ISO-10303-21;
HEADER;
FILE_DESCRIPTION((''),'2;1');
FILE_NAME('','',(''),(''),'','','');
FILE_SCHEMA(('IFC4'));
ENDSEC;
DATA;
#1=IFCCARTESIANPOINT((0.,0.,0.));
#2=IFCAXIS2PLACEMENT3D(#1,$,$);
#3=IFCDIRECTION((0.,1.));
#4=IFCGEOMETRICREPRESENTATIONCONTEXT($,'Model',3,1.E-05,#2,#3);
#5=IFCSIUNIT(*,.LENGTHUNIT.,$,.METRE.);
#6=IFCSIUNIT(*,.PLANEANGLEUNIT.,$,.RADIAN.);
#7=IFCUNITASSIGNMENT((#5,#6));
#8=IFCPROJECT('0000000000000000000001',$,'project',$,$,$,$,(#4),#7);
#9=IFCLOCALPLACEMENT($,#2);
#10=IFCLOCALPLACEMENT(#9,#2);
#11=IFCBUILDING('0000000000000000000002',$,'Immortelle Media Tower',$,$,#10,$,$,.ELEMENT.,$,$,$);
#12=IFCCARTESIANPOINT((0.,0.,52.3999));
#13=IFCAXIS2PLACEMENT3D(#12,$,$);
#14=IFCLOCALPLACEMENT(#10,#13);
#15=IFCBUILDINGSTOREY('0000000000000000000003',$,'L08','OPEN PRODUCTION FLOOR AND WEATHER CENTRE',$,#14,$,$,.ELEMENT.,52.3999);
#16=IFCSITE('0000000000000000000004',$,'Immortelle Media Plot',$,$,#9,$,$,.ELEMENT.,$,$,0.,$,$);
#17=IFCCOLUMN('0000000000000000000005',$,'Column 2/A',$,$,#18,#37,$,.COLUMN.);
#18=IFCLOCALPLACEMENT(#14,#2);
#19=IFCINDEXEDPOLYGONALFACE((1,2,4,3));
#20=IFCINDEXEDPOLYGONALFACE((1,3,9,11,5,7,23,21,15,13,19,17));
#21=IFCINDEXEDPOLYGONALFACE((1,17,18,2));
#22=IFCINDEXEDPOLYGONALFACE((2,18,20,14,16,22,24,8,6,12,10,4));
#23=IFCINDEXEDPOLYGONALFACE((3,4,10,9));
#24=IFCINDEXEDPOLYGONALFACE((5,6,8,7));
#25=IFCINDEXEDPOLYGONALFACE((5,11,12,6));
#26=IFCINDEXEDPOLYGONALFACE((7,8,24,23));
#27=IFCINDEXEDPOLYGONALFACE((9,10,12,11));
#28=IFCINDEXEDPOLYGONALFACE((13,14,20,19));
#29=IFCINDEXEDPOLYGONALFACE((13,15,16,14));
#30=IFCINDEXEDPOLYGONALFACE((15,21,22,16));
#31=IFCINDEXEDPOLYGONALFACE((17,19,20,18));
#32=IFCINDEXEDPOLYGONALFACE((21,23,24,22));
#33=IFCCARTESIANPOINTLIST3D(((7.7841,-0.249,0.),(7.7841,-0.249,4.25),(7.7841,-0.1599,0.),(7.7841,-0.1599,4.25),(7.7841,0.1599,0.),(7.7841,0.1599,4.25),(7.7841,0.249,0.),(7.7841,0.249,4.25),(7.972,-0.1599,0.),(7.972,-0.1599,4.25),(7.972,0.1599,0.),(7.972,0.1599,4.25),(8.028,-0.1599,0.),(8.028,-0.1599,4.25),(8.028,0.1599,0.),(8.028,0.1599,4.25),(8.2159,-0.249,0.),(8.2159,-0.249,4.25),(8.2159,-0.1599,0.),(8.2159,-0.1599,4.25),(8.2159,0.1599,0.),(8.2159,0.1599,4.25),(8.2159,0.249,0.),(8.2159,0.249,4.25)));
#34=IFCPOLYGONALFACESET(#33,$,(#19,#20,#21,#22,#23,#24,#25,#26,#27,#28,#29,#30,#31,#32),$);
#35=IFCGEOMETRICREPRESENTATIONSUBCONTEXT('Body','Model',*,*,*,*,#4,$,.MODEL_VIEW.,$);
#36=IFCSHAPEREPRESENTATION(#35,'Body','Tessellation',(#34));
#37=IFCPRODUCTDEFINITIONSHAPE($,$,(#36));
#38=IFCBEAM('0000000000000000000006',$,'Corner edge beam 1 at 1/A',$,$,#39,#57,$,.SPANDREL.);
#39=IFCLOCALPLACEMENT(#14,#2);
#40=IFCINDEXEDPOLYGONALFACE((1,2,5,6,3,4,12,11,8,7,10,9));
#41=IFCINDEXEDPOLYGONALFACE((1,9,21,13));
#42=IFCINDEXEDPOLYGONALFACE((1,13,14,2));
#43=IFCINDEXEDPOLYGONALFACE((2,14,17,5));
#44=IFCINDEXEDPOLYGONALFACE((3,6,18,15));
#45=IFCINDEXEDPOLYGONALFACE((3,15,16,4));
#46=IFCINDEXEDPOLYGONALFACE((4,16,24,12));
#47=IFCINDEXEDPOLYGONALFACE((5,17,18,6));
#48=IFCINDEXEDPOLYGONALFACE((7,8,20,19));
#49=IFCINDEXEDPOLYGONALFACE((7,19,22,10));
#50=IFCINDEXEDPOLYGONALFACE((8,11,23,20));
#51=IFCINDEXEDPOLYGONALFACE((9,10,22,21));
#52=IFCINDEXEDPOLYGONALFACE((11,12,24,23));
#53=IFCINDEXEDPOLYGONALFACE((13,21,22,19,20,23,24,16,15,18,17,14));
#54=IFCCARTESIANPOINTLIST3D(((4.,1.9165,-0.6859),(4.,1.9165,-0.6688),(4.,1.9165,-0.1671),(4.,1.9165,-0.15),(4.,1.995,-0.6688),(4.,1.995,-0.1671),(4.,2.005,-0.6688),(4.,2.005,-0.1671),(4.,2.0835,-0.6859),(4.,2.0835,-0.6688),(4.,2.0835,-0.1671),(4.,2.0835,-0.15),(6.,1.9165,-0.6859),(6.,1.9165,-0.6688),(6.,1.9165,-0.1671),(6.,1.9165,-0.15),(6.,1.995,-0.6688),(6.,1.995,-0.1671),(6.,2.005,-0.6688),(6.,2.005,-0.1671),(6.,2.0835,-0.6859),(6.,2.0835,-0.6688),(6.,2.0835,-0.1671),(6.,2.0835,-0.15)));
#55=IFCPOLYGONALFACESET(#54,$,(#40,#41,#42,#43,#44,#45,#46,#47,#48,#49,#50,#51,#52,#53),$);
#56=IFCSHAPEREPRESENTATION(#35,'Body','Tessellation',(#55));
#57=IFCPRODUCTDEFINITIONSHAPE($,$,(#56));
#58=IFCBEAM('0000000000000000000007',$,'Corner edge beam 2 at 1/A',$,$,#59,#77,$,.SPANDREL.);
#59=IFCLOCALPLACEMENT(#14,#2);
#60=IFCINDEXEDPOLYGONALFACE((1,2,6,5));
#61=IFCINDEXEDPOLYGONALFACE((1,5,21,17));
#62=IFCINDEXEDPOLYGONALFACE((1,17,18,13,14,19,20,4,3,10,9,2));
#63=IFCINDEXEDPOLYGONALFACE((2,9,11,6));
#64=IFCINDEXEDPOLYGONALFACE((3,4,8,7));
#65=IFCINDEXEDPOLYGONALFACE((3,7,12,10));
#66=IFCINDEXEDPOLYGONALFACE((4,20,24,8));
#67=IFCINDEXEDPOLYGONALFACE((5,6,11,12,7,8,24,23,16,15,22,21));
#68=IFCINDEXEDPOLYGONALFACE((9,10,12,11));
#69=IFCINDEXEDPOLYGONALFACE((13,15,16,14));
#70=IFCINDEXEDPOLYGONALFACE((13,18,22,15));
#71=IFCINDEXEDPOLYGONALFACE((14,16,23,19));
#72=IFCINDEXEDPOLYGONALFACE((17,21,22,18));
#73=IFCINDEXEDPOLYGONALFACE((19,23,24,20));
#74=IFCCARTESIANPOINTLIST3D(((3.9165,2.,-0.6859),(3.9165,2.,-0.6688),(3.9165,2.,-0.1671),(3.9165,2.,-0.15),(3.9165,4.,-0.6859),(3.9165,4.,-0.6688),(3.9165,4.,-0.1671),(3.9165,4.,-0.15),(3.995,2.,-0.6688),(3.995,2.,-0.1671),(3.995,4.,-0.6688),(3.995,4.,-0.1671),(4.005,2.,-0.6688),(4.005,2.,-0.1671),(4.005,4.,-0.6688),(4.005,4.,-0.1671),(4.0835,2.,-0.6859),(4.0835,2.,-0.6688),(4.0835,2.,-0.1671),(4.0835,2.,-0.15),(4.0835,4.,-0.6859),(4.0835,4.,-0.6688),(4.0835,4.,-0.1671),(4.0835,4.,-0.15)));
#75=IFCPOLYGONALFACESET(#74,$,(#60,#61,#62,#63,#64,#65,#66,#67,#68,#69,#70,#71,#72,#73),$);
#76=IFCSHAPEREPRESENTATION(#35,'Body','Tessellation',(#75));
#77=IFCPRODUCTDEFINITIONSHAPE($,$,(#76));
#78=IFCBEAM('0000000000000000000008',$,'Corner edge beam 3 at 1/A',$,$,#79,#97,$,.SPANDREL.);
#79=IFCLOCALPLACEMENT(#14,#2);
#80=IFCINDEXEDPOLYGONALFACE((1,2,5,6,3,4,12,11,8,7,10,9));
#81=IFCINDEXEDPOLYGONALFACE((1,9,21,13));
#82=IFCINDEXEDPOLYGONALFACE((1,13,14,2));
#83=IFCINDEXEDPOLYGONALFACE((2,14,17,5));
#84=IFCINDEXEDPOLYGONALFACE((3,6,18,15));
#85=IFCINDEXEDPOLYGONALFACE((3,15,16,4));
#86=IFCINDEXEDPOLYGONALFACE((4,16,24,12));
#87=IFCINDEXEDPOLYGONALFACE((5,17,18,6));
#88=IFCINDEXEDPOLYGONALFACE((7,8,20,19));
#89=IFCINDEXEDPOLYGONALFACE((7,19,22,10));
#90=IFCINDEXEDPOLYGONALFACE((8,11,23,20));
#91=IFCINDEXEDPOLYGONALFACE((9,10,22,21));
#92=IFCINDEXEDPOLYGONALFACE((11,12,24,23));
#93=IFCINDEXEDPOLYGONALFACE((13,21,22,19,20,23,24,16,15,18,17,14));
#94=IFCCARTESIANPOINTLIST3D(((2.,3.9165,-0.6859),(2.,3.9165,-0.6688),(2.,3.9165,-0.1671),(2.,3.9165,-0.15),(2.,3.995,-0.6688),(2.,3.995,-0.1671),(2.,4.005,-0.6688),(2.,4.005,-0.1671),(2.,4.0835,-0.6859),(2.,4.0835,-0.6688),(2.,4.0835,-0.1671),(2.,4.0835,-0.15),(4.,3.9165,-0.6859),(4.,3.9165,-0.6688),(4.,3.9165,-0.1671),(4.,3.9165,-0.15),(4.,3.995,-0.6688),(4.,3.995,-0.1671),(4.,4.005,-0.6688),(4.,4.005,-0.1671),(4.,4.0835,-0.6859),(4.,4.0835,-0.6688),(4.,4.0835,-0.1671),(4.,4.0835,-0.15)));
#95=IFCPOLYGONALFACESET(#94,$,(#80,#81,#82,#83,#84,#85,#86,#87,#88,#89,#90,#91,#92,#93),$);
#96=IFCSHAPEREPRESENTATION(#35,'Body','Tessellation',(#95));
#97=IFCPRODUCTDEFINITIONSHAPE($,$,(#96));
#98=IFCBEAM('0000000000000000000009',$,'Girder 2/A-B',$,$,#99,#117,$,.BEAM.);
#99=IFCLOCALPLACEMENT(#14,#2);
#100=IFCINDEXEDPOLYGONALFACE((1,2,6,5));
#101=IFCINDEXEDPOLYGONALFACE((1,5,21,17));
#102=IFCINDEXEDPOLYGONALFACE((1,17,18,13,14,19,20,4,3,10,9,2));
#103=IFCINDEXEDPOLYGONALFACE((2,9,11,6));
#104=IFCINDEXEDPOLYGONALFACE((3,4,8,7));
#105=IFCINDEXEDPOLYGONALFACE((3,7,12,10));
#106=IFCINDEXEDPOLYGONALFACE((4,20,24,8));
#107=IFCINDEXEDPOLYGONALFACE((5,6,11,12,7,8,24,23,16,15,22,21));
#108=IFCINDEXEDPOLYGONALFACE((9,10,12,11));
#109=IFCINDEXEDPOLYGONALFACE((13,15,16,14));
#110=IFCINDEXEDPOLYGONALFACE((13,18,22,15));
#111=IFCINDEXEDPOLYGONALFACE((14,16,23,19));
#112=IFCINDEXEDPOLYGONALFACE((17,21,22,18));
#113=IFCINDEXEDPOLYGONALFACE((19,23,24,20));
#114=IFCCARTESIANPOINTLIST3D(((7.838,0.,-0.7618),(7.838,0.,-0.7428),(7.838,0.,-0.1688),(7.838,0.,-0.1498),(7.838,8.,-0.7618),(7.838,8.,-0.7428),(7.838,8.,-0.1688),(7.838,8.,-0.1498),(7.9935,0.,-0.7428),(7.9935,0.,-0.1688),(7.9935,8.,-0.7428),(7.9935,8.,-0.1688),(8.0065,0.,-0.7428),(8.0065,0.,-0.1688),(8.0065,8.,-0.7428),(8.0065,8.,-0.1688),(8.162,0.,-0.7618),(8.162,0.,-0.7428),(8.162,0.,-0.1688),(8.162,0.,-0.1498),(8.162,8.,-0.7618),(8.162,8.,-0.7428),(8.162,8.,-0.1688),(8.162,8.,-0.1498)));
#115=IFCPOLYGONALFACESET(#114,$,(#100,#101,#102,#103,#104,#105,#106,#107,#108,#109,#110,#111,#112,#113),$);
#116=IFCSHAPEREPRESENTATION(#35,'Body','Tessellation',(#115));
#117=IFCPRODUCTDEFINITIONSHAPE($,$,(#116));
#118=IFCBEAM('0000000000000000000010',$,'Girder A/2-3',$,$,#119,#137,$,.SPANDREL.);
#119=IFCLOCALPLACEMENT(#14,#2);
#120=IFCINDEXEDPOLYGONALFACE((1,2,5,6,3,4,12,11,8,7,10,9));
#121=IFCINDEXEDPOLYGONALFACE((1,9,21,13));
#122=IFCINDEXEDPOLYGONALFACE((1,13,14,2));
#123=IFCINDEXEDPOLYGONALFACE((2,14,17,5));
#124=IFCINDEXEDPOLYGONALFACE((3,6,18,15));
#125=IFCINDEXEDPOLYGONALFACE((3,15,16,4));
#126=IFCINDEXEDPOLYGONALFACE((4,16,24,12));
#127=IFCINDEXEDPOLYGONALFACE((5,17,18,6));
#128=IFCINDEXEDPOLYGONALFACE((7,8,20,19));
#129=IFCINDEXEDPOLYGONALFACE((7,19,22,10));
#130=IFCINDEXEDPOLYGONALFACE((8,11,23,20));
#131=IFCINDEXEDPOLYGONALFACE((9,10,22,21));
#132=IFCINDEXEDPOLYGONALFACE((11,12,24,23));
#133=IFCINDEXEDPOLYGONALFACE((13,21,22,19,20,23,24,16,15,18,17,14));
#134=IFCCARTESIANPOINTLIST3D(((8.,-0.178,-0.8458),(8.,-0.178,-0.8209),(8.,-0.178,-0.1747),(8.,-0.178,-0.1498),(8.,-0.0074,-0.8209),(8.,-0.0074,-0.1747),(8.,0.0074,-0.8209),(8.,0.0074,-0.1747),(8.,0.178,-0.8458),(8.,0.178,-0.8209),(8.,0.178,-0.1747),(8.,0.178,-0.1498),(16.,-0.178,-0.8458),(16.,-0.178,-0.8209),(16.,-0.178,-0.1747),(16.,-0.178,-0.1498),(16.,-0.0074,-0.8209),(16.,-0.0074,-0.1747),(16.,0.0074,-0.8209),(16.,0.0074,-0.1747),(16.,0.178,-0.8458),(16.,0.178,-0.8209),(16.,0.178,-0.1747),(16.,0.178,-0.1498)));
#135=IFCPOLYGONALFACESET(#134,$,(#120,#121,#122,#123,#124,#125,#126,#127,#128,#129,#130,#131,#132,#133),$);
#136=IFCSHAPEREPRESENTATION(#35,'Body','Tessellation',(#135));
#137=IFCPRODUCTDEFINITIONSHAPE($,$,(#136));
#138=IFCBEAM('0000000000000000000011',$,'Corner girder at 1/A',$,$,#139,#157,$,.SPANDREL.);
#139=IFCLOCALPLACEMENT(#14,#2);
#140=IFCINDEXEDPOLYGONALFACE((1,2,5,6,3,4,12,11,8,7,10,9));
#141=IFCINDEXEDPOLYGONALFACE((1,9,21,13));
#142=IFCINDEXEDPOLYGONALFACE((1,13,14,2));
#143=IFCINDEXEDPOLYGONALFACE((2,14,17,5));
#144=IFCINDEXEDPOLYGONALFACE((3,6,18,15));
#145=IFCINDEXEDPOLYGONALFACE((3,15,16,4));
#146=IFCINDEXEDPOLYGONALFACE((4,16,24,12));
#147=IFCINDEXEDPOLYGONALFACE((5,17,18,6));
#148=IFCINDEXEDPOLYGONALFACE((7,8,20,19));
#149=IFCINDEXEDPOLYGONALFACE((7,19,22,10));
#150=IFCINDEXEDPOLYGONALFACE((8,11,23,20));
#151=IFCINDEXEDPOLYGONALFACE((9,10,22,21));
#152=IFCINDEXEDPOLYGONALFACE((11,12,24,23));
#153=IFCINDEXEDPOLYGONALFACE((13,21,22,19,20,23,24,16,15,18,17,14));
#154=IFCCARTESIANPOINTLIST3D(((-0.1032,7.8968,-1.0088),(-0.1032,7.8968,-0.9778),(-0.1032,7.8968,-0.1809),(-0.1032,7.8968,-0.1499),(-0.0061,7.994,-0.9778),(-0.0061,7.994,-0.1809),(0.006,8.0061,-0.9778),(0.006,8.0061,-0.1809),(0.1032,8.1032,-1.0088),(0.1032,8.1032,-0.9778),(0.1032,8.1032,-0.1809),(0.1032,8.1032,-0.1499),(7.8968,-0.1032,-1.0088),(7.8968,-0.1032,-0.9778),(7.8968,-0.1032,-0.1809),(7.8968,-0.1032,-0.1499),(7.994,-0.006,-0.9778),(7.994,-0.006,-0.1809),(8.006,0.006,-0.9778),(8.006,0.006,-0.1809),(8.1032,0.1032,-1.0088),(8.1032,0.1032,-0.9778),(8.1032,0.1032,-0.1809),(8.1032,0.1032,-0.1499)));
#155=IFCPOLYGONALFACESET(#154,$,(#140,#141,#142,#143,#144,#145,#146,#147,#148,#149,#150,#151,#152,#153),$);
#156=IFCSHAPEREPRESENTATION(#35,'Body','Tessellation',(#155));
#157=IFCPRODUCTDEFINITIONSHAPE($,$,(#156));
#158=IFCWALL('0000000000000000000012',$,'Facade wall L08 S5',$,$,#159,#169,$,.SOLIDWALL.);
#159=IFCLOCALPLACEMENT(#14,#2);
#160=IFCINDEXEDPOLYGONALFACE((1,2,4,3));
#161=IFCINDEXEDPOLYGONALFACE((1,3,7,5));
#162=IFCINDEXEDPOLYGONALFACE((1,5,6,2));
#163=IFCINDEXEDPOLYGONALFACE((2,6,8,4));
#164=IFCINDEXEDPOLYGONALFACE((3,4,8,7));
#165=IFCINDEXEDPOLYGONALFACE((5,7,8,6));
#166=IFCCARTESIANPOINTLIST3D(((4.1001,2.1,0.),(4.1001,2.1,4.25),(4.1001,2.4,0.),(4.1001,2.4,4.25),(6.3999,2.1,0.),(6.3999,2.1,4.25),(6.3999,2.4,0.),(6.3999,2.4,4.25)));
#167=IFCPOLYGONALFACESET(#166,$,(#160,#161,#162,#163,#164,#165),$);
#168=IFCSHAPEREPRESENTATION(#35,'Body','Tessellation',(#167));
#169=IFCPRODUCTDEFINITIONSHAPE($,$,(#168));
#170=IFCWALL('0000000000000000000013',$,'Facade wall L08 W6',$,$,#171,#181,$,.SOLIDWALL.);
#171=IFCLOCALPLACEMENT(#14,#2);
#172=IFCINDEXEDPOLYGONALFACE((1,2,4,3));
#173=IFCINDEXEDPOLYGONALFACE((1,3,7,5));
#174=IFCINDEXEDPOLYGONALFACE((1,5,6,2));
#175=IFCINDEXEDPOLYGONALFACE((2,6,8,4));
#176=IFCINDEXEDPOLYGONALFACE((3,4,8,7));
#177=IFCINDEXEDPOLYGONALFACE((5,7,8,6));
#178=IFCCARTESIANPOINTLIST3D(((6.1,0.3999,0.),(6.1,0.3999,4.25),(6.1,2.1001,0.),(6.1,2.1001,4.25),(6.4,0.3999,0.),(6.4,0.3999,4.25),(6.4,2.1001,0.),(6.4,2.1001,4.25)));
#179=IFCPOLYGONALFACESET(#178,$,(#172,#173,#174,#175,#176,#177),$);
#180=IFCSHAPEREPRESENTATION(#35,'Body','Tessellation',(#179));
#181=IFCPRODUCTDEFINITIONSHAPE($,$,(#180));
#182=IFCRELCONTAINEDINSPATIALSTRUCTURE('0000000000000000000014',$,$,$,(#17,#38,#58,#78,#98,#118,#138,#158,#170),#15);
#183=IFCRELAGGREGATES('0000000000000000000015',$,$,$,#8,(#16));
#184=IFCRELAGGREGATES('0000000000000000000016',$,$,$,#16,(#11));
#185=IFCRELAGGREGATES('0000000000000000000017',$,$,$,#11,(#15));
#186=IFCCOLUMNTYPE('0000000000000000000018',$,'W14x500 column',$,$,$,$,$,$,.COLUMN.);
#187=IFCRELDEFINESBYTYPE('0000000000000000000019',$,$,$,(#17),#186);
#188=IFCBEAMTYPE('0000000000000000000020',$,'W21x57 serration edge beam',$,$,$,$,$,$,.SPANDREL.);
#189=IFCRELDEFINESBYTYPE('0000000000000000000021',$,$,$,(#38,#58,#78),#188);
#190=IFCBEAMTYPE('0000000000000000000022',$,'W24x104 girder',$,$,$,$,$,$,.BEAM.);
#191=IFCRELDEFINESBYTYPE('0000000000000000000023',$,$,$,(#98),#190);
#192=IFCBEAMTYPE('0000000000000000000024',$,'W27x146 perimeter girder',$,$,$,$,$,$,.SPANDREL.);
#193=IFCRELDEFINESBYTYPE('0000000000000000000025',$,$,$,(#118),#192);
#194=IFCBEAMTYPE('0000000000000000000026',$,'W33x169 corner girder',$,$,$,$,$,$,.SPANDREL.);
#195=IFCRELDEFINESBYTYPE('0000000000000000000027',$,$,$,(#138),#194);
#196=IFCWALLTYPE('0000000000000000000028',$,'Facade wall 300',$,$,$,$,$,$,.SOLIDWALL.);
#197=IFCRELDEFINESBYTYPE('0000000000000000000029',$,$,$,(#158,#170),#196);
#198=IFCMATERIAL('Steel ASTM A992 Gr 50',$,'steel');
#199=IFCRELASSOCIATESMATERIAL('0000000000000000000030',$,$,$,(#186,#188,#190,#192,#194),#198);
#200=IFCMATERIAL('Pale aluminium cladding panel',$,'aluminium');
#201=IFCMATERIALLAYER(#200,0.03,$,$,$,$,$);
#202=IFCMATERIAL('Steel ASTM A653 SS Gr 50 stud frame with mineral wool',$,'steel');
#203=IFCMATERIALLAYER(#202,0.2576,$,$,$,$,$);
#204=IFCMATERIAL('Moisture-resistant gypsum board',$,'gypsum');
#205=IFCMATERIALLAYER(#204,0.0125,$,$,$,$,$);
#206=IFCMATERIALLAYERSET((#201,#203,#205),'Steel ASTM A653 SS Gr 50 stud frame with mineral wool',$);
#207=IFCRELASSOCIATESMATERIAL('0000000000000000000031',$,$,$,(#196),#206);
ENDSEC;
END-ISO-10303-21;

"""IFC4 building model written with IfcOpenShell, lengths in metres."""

from ifc_helpers import new_model, si_unit, direction, frame, frame_2d, origin, origin_2d, place, context, subcontext, project, spatial, rectangle, i_section, extrude, material, layer, layer_set, material_profile, profile_set, type_object, element, save


model = new_model("IFC4")

# Units and contexts
model_context = context("Model", 3, precision=1e-05, world=origin(), true_north=direction((0.0, 1.0)))
body_context = subcontext(model_context, "Body", "Model", "MODEL_VIEW")
ifc_project = project(units=[si_unit("LENGTHUNIT", "METRE"), si_unit("PLANEANGLEUNIT", "RADIAN")], contexts=[model_context])

# Site, building, storey
site_placement = place(None, origin())
site = spatial("IfcSite", under=ifc_project, at=site_placement, Name="Immortelle Media Plot", CompositionType="ELEMENT", RefElevation=0.0)
building_placement = place(site_placement, origin())
building = spatial("IfcBuilding", under=site, at=building_placement, Name="Immortelle Media Tower", CompositionType="ELEMENT")
storey_placement = place(building_placement, frame((0.0, 0.0, 52.3999)))
storey = spatial("IfcBuildingStorey", under=building, at=storey_placement, Name="L08", Description="OPEN PRODUCTION FLOOR AND WEATHER CENTRE", CompositionType="ELEMENT", Elevation=52.3999)

# Column
ifc_material_1 = material(Name="Steel ASTM A992 Gr 50", Category="steel")
ifc_material_profile_1 = material_profile(ifc_material_1, i_section(OverallWidth=0.4319, OverallDepth=0.498, WebThickness=0.0559, FlangeThickness=0.0891, at=origin_2d()), Name="W14x500")
ifc_profile_set_1 = profile_set([ifc_material_profile_1], Name="Steel ASTM A992 Gr 50")
column_type = type_object("IfcColumnType", Name="W14x500 column", PredefinedType="COLUMN", material=ifc_profile_set_1)
column_placement = place(storey_placement, frame((8.0, 0.0, 0.0), z_axis=(0.0, 0.0, 1.0), x_axis=(1.0, 0.0, 0.0)))
element("IfcColumn", 1, at=column_placement, inside=storey, type_object=column_type, Name="Column 2/A", PredefinedType="COLUMN", context=body_context, shape_type="SweptSolid", body=[
    extrude(i_section(OverallWidth=0.4319, OverallDepth=0.498, WebThickness=0.0559, FlangeThickness=0.0891, at=origin_2d()), origin(), (0.0, 0.0, 1.0), 4.25),
])

# Beams
ifc_material_profile_2 = material_profile(ifc_material_1, i_section(OverallWidth=0.167, OverallDepth=0.5359, WebThickness=0.01, FlangeThickness=0.0171, at=origin_2d()), Name="W21x57")
ifc_profile_set_2 = profile_set([ifc_material_profile_2], Name="Steel ASTM A992 Gr 50")
beam_type_1 = type_object("IfcBeamType", Name="W21x57 serration edge beam", PredefinedType="SPANDREL", material=ifc_profile_set_2)
for number, where, z_axis, x_axis, name in (
    (2, (6.0, 2.0, -0.418), (-1.0, 0.0, 0.0), (0.0, -1.0, 0.0), "Corner edge beam 1 at 1/A"),
    (3, (4.0, 2.0, -0.418), (0.0, 1.0, 0.0), (-1.0, 0.0, 0.0), "Corner edge beam 2 at 1/A"),
    (4, (4.0, 4.0, -0.418), (-1.0, 0.0, 0.0), (0.0, -1.0, 0.0), "Corner edge beam 3 at 1/A"),
):
    element("IfcBeam", number, at=place(storey_placement, frame(where, z_axis=z_axis, x_axis=x_axis)), inside=storey, type_object=beam_type_1, Name=name, PredefinedType="SPANDREL", context=body_context, shape_type="SweptSolid", body=[
        extrude(i_section(OverallWidth=0.167, OverallDepth=0.5359, WebThickness=0.01, FlangeThickness=0.0171, at=origin_2d()), origin(), (0.0, 0.0, 1.0), 2.0),
    ])
ifc_material_profile_3 = material_profile(ifc_material_1, i_section(OverallWidth=0.324, OverallDepth=0.6121, WebThickness=0.0129, FlangeThickness=0.019, at=origin_2d()), Name="W24x104")
ifc_profile_set_3 = profile_set([ifc_material_profile_3], Name="Steel ASTM A992 Gr 50")
beam_type_2 = type_object("IfcBeamType", Name="W24x104 girder", PredefinedType="BEAM", material=ifc_profile_set_3)
beam_1_placement = place(storey_placement, frame((8.0, 0.0, -0.4558), z_axis=(0.0, 1.0, 0.0), x_axis=(-1.0, 0.0, 0.0)))
element("IfcBeam", 5, at=beam_1_placement, inside=storey, type_object=beam_type_2, Name="Girder 2/A-B", PredefinedType="BEAM", context=body_context, shape_type="SweptSolid", body=[
    extrude(i_section(OverallWidth=0.324, OverallDepth=0.6121, WebThickness=0.0129, FlangeThickness=0.019, at=origin_2d()), origin(), (0.0, 0.0, 1.0), 8.0),
])
ifc_material_profile_4 = material_profile(ifc_material_1, i_section(OverallWidth=0.356, OverallDepth=0.696, WebThickness=0.0149, FlangeThickness=0.0249, at=origin_2d()), Name="W27x146")
ifc_profile_set_4 = profile_set([ifc_material_profile_4], Name="Steel ASTM A992 Gr 50")
beam_type_3 = type_object("IfcBeamType", Name="W27x146 perimeter girder", PredefinedType="SPANDREL", material=ifc_profile_set_4)
beam_2_placement = place(storey_placement, frame((8.0, 0.0, -0.4978), z_axis=(1.0, 0.0, 0.0), x_axis=(0.0, 1.0, 0.0)))
element("IfcBeam", 6, at=beam_2_placement, inside=storey, type_object=beam_type_3, Name="Girder A/2-3", PredefinedType="SPANDREL", context=body_context, shape_type="SweptSolid", body=[
    extrude(i_section(OverallWidth=0.356, OverallDepth=0.696, WebThickness=0.0149, FlangeThickness=0.0249, at=origin_2d()), origin(), (0.0, 0.0, 1.0), 8.0),
])
ifc_material_profile_5 = material_profile(ifc_material_1, i_section(OverallWidth=0.292, OverallDepth=0.8589, WebThickness=0.0171, FlangeThickness=0.031, at=origin_2d()), Name="W33x169")
ifc_profile_set_5 = profile_set([ifc_material_profile_5], Name="Steel ASTM A992 Gr 50")
beam_type_4 = type_object("IfcBeamType", Name="W33x169 corner girder", PredefinedType="SPANDREL", material=ifc_profile_set_5)
beam_3_placement = place(storey_placement, frame((8.0, 0.0, -0.5793), z_axis=(-0.707107, 0.707107, 0.0), x_axis=(-0.707107, -0.707107, 0.0)))
element("IfcBeam", 7, at=beam_3_placement, inside=storey, type_object=beam_type_4, Name="Corner girder at 1/A", PredefinedType="SPANDREL", context=body_context, shape_type="SweptSolid", body=[
    extrude(i_section(OverallWidth=0.292, OverallDepth=0.8589, WebThickness=0.0171, FlangeThickness=0.031, at=origin_2d()), origin(), (0.0, 0.0, 1.0), 11.3137),
])

# Walls
ifc_material_2 = material(Name="Pale aluminium cladding panel", Category="aluminium")
ifc_layer_1 = layer(ifc_material_2, 0.03)
ifc_material_3 = material(Name="Steel ASTM A653 SS Gr 50 stud frame with mineral wool", Category="steel")
ifc_layer_2 = layer(ifc_material_3, 0.2576)
ifc_material_4 = material(Name="Moisture-resistant gypsum board", Category="gypsum")
ifc_layer_3 = layer(ifc_material_4, 0.0125)
ifc_layer_set_1 = layer_set([ifc_layer_1, ifc_layer_2, ifc_layer_3], Name="Steel ASTM A653 SS Gr 50 stud frame with mineral wool")
wall_type_1 = type_object("IfcWallType", Name="Facade wall 300", PredefinedType="SOLIDWALL", material=ifc_layer_set_1)
wall_1_placement = place(storey_placement, frame((4.1001, 2.25, 0.0), z_axis=(0.0, 0.0, 1.0), x_axis=(1.0, 0.0, 0.0)))
element("IfcWall", 8, at=wall_1_placement, inside=storey, type_object=wall_type_1, Name="Facade wall L08 S5", PredefinedType="SOLIDWALL", context=body_context, shape_type="SweptSolid", body=[
    extrude(rectangle(XDim=2.2998, YDim=0.3, at=frame_2d((1.1499, 0.0))), origin(), (0.0, 0.0, 1.0), 4.25),
])
wall_2_placement = place(storey_placement, frame((6.25, 2.1001, 0.0), z_axis=(0.0, 0.0, 1.0), x_axis=(0.0, -1.0, 0.0)))
element("IfcWall", 9, at=wall_2_placement, inside=storey, type_object=wall_type_1, Name="Facade wall L08 W6", PredefinedType="SOLIDWALL", context=body_context, shape_type="SweptSolid", body=[
    extrude(rectangle(XDim=1.7002, YDim=0.3, at=frame_2d((0.8501, 0.0))), origin(), (0.0, 0.0, 1.0), 4.25),
])

save(model, "model.ifc")
